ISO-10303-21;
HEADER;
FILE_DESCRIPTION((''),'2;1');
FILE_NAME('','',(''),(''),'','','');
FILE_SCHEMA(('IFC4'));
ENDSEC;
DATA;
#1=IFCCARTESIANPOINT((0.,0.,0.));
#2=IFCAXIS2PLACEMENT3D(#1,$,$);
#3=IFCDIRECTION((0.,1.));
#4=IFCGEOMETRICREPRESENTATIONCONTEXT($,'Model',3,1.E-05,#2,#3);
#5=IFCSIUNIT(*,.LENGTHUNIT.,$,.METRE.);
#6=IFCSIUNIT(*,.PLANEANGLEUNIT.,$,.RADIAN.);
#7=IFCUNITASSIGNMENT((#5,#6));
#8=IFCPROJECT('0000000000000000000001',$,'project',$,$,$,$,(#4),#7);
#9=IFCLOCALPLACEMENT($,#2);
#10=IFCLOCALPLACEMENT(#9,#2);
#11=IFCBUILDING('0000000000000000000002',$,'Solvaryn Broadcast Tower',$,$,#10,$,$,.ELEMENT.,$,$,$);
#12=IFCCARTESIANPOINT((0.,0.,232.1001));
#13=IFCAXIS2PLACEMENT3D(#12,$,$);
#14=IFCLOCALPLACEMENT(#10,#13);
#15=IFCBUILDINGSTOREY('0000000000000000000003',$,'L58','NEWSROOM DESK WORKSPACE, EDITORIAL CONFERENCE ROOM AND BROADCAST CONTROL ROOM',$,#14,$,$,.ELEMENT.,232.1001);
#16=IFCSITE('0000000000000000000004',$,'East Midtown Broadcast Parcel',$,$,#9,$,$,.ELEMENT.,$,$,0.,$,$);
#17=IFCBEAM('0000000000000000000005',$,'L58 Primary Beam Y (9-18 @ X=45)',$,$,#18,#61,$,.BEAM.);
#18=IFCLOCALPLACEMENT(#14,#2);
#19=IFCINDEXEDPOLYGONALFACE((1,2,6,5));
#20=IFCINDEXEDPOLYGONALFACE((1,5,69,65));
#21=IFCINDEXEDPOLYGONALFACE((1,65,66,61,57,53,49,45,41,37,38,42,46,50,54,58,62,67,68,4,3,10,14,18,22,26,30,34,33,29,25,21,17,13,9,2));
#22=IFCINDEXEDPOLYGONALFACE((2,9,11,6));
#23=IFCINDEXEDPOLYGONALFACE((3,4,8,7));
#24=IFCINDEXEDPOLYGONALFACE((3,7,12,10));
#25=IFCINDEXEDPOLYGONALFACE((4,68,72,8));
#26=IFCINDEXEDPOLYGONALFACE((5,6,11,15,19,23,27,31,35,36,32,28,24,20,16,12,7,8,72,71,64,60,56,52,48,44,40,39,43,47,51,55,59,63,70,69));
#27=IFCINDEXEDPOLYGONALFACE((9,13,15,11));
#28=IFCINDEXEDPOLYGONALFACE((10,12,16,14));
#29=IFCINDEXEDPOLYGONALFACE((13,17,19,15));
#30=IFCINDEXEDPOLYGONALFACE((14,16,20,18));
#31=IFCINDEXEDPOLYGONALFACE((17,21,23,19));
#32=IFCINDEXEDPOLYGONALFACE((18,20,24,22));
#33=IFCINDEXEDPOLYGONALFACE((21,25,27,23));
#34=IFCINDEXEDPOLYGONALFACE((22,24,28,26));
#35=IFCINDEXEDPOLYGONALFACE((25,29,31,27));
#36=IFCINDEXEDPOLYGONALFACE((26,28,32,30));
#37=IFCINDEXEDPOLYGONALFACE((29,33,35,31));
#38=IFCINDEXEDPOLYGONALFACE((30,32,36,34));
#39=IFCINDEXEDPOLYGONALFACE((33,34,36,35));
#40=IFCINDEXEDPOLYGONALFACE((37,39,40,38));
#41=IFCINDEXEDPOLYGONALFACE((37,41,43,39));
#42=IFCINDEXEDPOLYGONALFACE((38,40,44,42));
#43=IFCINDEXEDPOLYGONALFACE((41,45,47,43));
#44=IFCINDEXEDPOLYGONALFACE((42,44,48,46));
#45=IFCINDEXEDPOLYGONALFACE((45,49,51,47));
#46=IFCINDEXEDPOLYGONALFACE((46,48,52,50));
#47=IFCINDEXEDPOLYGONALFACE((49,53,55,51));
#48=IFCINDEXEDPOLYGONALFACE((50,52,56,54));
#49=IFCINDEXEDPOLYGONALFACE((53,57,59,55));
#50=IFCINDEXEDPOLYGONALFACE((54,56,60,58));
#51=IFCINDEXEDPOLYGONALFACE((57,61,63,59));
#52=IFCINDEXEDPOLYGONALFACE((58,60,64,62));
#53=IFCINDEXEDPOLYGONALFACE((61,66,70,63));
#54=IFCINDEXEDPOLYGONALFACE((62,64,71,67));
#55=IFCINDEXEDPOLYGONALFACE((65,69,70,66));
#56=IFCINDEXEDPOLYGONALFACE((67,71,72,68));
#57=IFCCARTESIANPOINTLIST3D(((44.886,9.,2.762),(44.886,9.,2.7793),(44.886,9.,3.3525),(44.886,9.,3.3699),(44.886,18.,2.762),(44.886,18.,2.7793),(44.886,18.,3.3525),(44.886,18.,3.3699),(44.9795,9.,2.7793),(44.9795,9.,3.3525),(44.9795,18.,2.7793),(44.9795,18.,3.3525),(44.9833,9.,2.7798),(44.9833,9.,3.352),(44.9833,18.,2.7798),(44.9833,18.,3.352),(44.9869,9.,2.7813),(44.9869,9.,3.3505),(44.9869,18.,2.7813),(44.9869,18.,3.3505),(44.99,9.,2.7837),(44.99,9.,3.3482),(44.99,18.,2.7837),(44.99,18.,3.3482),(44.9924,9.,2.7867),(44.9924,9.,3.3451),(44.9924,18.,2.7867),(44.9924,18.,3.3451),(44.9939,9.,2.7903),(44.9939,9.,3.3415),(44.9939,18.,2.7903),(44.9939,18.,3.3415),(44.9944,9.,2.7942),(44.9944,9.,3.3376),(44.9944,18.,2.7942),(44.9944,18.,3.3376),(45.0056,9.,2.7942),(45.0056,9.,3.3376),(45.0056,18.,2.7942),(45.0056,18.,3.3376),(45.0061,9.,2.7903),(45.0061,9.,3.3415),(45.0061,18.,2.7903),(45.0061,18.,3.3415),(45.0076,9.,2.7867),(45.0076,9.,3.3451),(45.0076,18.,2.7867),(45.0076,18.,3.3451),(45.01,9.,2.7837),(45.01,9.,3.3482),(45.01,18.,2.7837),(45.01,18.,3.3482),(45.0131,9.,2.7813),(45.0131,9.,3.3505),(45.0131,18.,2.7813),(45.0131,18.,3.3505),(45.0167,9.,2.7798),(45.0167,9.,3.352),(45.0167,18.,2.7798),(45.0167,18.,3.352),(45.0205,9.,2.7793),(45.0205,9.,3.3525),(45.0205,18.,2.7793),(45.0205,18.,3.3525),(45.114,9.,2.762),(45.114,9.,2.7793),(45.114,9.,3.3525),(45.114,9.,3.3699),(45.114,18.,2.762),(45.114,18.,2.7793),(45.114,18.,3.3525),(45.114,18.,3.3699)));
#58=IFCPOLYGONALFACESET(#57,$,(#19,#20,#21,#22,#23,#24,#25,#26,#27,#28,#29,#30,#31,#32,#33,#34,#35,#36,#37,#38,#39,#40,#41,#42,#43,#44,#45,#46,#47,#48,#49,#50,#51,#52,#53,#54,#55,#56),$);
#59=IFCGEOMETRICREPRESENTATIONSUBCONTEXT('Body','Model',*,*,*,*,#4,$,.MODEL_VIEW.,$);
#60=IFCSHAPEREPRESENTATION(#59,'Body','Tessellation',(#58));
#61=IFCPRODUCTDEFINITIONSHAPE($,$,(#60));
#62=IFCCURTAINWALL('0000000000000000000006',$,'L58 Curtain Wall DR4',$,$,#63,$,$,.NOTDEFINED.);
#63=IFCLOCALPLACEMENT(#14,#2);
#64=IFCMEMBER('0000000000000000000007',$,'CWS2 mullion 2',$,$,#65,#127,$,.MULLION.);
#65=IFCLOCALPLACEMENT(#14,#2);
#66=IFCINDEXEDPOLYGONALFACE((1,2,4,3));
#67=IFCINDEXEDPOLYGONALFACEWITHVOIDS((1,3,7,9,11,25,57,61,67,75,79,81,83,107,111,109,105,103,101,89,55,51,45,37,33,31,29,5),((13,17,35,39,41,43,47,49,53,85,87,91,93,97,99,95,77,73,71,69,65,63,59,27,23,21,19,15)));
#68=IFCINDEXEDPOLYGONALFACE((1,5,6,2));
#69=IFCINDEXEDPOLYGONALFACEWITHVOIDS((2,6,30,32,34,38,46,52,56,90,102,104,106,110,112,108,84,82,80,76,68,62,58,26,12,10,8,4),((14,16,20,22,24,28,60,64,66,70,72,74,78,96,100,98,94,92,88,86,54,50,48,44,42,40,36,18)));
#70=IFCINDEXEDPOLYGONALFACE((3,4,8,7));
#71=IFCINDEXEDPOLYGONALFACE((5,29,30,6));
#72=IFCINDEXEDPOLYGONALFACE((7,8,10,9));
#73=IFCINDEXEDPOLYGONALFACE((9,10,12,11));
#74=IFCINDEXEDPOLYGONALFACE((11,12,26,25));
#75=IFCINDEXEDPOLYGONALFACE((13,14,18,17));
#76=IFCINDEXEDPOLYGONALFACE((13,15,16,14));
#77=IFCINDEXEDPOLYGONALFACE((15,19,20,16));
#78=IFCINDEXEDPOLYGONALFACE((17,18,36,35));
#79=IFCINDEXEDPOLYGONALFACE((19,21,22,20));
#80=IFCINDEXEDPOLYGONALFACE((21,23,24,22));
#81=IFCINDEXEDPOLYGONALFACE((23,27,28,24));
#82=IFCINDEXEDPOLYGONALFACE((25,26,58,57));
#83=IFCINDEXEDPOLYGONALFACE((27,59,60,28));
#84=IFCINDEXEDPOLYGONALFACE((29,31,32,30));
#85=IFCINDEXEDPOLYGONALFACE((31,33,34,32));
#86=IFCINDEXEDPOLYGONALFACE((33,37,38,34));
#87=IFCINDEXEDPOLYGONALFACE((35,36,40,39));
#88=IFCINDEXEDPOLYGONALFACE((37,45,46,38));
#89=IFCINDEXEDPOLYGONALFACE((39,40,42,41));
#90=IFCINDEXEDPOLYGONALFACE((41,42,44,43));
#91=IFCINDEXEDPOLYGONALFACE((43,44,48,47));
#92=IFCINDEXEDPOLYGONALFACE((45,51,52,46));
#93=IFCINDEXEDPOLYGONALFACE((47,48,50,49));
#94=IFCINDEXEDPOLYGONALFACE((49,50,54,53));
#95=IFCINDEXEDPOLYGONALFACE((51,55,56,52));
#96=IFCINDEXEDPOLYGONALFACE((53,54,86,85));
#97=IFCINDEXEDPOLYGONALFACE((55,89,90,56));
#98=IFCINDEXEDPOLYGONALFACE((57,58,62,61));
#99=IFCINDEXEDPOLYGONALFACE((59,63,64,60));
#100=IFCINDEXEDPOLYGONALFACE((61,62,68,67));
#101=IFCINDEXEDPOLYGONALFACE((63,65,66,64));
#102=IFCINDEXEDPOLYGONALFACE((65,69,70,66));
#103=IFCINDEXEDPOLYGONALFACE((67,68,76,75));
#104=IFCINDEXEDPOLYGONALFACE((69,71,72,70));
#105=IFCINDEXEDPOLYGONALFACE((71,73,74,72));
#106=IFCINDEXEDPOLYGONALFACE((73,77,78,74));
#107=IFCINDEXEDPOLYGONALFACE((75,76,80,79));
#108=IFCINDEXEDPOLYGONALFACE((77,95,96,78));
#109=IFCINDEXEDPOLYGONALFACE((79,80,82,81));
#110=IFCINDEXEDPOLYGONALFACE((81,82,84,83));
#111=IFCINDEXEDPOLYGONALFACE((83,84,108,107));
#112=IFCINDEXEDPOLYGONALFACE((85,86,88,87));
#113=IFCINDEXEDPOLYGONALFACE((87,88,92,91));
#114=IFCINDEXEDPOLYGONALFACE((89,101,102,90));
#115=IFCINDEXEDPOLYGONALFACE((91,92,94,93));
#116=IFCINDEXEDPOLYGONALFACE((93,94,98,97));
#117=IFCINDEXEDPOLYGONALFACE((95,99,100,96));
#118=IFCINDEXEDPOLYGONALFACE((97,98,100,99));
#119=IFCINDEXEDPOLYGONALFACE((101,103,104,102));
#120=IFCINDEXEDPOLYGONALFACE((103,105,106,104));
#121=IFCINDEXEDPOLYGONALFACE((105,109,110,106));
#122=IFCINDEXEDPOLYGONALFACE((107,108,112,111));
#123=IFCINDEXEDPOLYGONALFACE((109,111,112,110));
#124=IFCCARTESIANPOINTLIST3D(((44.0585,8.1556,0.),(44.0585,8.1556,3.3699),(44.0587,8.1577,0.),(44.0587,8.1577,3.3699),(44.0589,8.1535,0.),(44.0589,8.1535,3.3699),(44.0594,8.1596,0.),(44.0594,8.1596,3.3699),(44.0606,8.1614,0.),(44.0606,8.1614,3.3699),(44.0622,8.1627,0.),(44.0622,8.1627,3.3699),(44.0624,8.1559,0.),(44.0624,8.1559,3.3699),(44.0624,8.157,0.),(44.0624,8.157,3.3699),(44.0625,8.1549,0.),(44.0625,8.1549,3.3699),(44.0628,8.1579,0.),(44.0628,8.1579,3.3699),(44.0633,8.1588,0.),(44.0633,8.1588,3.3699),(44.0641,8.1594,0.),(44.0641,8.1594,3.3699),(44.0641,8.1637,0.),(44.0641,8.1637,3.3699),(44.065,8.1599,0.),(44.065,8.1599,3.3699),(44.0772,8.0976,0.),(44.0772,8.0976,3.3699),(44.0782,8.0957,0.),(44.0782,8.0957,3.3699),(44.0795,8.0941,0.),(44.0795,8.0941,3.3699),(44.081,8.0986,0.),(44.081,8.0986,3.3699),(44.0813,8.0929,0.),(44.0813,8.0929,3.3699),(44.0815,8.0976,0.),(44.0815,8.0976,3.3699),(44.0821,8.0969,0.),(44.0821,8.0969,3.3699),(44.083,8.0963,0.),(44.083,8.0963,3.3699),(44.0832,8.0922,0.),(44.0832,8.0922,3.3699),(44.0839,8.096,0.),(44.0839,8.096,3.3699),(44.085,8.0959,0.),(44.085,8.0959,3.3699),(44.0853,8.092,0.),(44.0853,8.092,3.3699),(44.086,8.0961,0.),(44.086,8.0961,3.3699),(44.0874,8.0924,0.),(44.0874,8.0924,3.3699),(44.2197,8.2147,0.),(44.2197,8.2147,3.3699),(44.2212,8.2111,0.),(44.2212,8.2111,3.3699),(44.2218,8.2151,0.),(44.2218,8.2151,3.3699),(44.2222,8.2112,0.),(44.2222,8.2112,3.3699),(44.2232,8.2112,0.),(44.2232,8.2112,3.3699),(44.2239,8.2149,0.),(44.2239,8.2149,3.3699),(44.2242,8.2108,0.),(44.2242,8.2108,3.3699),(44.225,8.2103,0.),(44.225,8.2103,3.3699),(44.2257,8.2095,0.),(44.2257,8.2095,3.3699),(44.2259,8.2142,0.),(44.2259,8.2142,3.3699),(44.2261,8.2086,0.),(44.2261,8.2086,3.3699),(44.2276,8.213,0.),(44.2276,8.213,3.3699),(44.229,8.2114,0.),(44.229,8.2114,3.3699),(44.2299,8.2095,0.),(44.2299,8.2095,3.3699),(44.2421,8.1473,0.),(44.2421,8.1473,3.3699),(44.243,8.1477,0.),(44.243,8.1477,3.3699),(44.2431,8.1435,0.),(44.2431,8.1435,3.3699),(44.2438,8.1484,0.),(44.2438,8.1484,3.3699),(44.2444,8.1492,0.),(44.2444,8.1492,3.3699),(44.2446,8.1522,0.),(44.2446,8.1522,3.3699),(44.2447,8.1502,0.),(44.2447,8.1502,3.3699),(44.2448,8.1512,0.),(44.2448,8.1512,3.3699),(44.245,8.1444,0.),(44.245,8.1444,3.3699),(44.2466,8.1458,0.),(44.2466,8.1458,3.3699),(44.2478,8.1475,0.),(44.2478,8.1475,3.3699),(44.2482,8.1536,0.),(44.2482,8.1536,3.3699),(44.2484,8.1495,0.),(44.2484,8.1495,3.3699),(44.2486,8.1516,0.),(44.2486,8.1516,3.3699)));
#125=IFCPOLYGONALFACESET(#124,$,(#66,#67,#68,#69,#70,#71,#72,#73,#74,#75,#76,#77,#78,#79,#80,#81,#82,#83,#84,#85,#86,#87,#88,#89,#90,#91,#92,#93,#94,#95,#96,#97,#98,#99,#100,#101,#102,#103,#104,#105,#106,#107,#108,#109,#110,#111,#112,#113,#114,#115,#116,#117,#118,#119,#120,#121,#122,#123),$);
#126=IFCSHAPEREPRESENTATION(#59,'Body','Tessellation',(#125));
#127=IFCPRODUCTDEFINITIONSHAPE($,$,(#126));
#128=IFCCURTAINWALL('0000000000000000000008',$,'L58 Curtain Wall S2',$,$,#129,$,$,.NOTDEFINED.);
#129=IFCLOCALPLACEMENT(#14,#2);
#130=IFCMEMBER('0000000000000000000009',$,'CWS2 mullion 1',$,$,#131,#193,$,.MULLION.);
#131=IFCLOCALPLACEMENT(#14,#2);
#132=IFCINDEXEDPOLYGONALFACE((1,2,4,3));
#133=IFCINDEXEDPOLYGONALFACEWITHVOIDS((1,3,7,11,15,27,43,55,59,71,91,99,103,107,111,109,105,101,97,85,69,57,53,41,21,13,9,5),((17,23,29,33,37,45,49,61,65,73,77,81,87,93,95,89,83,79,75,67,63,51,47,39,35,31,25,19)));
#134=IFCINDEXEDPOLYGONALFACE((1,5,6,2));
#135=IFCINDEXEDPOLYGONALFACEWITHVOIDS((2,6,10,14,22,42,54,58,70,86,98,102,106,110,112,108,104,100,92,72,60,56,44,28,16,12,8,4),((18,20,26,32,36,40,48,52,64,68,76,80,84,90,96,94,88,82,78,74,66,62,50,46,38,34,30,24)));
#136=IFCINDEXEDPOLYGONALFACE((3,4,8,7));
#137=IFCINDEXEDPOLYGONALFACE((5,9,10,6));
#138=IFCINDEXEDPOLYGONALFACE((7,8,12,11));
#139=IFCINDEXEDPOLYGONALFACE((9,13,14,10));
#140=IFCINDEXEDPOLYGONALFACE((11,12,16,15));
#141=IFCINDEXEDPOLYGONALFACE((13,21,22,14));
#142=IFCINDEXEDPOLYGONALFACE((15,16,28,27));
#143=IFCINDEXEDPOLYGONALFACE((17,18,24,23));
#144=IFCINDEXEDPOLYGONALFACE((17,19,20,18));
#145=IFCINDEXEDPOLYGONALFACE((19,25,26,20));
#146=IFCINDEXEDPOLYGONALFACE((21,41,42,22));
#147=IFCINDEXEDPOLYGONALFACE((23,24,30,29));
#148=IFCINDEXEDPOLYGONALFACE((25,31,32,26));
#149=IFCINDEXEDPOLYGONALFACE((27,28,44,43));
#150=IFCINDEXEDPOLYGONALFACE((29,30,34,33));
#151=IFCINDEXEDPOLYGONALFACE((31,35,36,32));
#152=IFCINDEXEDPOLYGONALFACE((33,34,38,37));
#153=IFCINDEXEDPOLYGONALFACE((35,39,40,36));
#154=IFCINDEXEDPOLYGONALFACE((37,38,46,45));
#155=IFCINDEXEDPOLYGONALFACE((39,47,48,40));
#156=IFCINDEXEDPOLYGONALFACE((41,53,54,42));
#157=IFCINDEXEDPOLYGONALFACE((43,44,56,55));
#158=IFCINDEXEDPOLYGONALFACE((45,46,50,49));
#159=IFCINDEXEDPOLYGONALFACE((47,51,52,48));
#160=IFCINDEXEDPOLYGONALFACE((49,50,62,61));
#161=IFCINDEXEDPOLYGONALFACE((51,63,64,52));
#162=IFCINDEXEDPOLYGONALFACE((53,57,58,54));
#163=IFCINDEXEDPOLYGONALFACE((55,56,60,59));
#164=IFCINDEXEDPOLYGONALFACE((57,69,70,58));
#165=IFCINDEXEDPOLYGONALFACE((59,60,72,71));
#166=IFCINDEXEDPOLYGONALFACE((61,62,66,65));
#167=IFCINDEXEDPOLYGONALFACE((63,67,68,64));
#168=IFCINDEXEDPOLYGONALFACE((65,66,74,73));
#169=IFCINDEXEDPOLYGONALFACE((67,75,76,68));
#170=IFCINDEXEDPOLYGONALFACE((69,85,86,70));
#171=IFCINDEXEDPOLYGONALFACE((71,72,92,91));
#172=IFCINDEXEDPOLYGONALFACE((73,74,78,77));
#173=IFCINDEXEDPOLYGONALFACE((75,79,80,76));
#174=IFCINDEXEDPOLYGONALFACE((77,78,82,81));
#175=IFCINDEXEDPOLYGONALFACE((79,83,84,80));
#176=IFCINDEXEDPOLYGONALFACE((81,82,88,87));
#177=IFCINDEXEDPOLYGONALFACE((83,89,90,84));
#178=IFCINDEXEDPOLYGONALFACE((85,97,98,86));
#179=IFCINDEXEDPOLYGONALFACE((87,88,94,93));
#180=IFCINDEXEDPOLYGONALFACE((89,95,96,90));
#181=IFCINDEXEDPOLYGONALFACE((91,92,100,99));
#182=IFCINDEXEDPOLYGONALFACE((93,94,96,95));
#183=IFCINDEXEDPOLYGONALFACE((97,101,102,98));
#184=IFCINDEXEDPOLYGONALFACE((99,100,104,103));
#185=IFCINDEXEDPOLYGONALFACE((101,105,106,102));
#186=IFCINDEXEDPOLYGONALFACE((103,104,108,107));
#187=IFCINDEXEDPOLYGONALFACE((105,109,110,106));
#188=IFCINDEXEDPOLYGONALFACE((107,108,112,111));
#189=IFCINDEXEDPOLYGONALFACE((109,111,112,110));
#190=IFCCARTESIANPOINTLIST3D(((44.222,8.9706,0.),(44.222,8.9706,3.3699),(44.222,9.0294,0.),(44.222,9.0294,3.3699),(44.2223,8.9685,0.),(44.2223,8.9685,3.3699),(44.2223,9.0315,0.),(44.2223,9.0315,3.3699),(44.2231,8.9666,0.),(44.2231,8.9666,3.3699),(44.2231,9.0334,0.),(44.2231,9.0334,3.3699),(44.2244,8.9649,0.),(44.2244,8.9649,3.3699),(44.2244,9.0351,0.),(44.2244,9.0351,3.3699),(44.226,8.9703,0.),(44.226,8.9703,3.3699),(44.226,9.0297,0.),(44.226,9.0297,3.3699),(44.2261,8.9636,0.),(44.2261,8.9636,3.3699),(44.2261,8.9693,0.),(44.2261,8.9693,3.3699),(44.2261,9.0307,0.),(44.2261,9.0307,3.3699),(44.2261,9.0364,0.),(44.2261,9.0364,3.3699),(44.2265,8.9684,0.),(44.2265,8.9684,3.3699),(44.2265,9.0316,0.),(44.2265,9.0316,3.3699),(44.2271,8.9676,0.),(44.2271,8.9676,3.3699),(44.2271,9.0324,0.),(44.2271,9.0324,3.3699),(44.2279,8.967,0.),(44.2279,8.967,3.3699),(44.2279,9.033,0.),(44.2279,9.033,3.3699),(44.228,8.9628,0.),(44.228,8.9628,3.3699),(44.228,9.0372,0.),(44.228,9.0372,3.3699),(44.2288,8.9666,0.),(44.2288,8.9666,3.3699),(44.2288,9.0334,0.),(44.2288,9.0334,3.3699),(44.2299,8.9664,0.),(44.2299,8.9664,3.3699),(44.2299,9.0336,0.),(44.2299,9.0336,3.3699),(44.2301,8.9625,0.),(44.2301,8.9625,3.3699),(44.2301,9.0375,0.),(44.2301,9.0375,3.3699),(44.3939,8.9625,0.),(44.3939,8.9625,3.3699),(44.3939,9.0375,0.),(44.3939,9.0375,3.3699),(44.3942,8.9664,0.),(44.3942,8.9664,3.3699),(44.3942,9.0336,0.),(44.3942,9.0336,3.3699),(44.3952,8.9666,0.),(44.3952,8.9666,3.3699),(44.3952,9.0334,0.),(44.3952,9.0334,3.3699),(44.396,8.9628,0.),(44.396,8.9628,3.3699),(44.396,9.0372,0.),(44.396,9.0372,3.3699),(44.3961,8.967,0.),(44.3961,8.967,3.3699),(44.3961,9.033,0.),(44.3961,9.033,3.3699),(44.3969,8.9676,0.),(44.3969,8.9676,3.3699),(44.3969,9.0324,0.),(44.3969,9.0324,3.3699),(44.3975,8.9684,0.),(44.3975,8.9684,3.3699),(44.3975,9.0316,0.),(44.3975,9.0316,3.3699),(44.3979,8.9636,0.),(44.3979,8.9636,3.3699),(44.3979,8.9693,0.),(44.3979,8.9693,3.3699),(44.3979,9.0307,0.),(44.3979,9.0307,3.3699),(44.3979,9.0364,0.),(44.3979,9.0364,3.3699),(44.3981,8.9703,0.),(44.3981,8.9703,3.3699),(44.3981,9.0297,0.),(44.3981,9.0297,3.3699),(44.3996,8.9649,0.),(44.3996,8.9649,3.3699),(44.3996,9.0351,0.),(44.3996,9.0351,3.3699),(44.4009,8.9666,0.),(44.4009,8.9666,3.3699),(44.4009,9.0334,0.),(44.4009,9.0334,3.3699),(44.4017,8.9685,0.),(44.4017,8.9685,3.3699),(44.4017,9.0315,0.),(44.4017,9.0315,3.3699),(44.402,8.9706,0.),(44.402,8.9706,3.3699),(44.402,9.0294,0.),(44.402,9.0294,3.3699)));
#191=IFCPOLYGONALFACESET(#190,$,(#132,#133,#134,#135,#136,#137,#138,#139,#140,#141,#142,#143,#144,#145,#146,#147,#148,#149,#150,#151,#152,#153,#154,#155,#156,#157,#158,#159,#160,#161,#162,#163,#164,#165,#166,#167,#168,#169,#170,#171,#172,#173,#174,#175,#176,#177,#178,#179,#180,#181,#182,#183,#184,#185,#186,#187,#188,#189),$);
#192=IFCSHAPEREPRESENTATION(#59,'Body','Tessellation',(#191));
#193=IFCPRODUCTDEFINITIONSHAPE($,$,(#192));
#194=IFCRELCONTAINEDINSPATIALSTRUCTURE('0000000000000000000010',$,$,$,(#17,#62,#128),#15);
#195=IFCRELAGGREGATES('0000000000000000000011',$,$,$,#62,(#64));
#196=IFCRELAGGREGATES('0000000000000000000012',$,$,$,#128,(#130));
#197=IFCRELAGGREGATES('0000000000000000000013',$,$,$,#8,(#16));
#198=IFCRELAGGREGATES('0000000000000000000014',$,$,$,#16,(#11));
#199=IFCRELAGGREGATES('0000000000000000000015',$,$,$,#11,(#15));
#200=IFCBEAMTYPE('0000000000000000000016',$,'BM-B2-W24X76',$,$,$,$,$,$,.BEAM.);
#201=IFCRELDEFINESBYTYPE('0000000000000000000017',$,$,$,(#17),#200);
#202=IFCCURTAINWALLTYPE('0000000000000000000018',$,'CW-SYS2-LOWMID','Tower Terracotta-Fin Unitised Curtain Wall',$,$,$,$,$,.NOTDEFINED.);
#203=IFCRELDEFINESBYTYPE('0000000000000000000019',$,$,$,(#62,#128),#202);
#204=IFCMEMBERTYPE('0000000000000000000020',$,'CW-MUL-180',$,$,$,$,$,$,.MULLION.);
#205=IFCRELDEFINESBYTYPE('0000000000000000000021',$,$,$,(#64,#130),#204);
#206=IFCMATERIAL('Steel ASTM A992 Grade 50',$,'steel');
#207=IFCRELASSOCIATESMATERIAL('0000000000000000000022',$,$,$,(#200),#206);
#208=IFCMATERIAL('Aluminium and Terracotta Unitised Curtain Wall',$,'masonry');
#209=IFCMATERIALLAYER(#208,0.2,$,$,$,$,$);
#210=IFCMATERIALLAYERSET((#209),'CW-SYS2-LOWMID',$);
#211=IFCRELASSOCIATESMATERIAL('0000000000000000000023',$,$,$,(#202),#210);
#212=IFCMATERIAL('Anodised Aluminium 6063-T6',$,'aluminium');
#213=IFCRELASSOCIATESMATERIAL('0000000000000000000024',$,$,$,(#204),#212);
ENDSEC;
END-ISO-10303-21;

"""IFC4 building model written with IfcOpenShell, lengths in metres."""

from ifc_helpers import new_model, si_unit, direction, frame, origin, origin_2d, place, context, subcontext, project, spatial, hollow_rectangle, i_section, extrude, material, layer, layer_set, material_profile, profile_set, type_object, element, aggregate, save


model = new_model("IFC4")

# Units and contexts
model_context = context("Model", 3, precision=1e-05, world=origin(), true_north=direction((0.0, 1.0)))
body_context = subcontext(model_context, "Body", "Model", "MODEL_VIEW")
ifc_project = project(units=[si_unit("LENGTHUNIT", "METRE"), si_unit("PLANEANGLEUNIT", "RADIAN")], contexts=[model_context])

# Site, building, storey
site_placement = place(None, origin())
site = spatial("IfcSite", under=ifc_project, at=site_placement, Name="East Midtown Broadcast Parcel", CompositionType="ELEMENT", RefElevation=0.0)
building_placement = place(site_placement, origin())
building = spatial("IfcBuilding", under=site, at=building_placement, Name="Solvaryn Broadcast Tower", CompositionType="ELEMENT")
storey_placement = place(building_placement, frame((0.0, 0.0, 232.1001)))
storey = spatial("IfcBuildingStorey", under=building, at=storey_placement, Name="L58", Description="NEWSROOM DESK WORKSPACE, EDITORIAL CONFERENCE ROOM AND BROADCAST CONTROL ROOM", CompositionType="ELEMENT", Elevation=232.1001)

# Beam
ifc_material_1 = material(Name="Steel ASTM A992 Grade 50", Category="steel")
ifc_material_profile_1 = material_profile(ifc_material_1, i_section(OverallWidth=0.228, OverallDepth=0.6079, WebThickness=0.0112, FlangeThickness=0.0173, FilletRadius=0.0149, at=origin_2d()))
ifc_profile_set_1 = profile_set([ifc_material_profile_1], Name="Steel ASTM A992 Grade 50")
beam_type_1 = type_object("IfcBeamType", Name="BM-B2-W24X76", PredefinedType="BEAM", material=ifc_profile_set_1)
beam_1_placement = place(storey_placement, frame((45.0, 9.0, 3.0659), z_axis=(0.0, 1.0, 0.0), x_axis=(-1.0, 0.0, 0.0)))
element("IfcBeam", 1, at=beam_1_placement, inside=storey, type_object=beam_type_1, Name="L58 Primary Beam Y (9-18 @ X=45)", PredefinedType="BEAM", context=body_context, shape_type="SweptSolid", body=[
    extrude(i_section(OverallWidth=0.228, OverallDepth=0.6079, WebThickness=0.0112, FlangeThickness=0.0173, FilletRadius=0.0149, at=origin_2d()), origin(), (0.0, 0.0, 1.0), 9.0),
])

# Curtain wall, member
ifc_material_2 = material(Name="Aluminium and Terracotta Unitised Curtain Wall", Category="masonry")
ifc_layer_1 = layer(ifc_material_2, 0.2)
ifc_layer_set_1 = layer_set([ifc_layer_1], Name="CW-SYS2-LOWMID")
curtain_wall_type = type_object("IfcCurtainWallType", Name="CW-SYS2-LOWMID", Description="Tower Terracotta-Fin Unitised Curtain Wall", PredefinedType="NOTDEFINED", material=ifc_layer_set_1)
curtain_wall_1_placement = place(storey_placement, origin())
curtain_wall_1 = element("IfcCurtainWall", 2, at=curtain_wall_1_placement, inside=storey, type_object=curtain_wall_type, Name="L58 Curtain Wall DR4", PredefinedType="NOTDEFINED")
ifc_material_3 = material(Name="Anodised Aluminium 6063-T6", Category="aluminium")
ifc_material_profile_2 = material_profile(ifc_material_3, hollow_rectangle(XDim=0.075, YDim=0.1799, WallThickness=0.0039, InnerFilletRadius=0.0039, OuterFilletRadius=0.0081, at=origin_2d()))
ifc_profile_set_2 = profile_set([ifc_material_profile_2], Name="Anodised Aluminium 6063-T6")
member_type_1 = type_object("IfcMemberType", Name="CW-MUL-180", PredefinedType="MULLION", material=ifc_profile_set_2)
member_1_placement = place(storey_placement, frame((44.1536, 8.1536, 0.0), z_axis=(0.0, 0.0, 1.0), x_axis=(-0.311559, 0.950227, 0.0)))
member_1 = element("IfcMember", 3, at=member_1_placement, type_object=member_type_1, Name="CWS2 mullion 2", PredefinedType="MULLION", context=body_context, shape_type="SweptSolid", body=[
    extrude(hollow_rectangle(XDim=0.075, YDim=0.1799, WallThickness=0.0039, InnerFilletRadius=0.0039, OuterFilletRadius=0.0081, at=origin_2d()), origin(), (0.0, 0.0, 1.0), 3.3699),
])
aggregate(curtain_wall_1, [member_1])

# Curtain wall, member
curtain_wall_2_placement = place(storey_placement, origin())
curtain_wall_2 = element("IfcCurtainWall", 4, at=curtain_wall_2_placement, inside=storey, type_object=curtain_wall_type, Name="L58 Curtain Wall S2", PredefinedType="NOTDEFINED")
member_2_placement = place(storey_placement, frame((44.312, 9.0, 0.0), z_axis=(0.0, 0.0, 1.0), x_axis=(0.0, 1.0, 0.0)))
member_2 = element("IfcMember", 5, at=member_2_placement, type_object=member_type_1, Name="CWS2 mullion 1", PredefinedType="MULLION", context=body_context, shape_type="SweptSolid", body=[
    extrude(hollow_rectangle(XDim=0.075, YDim=0.1799, WallThickness=0.0039, InnerFilletRadius=0.0039, OuterFilletRadius=0.0081, at=origin_2d()), origin(), (0.0, 0.0, 1.0), 3.3699),
])
aggregate(curtain_wall_2, [member_2])

save(model, "model.ifc")
